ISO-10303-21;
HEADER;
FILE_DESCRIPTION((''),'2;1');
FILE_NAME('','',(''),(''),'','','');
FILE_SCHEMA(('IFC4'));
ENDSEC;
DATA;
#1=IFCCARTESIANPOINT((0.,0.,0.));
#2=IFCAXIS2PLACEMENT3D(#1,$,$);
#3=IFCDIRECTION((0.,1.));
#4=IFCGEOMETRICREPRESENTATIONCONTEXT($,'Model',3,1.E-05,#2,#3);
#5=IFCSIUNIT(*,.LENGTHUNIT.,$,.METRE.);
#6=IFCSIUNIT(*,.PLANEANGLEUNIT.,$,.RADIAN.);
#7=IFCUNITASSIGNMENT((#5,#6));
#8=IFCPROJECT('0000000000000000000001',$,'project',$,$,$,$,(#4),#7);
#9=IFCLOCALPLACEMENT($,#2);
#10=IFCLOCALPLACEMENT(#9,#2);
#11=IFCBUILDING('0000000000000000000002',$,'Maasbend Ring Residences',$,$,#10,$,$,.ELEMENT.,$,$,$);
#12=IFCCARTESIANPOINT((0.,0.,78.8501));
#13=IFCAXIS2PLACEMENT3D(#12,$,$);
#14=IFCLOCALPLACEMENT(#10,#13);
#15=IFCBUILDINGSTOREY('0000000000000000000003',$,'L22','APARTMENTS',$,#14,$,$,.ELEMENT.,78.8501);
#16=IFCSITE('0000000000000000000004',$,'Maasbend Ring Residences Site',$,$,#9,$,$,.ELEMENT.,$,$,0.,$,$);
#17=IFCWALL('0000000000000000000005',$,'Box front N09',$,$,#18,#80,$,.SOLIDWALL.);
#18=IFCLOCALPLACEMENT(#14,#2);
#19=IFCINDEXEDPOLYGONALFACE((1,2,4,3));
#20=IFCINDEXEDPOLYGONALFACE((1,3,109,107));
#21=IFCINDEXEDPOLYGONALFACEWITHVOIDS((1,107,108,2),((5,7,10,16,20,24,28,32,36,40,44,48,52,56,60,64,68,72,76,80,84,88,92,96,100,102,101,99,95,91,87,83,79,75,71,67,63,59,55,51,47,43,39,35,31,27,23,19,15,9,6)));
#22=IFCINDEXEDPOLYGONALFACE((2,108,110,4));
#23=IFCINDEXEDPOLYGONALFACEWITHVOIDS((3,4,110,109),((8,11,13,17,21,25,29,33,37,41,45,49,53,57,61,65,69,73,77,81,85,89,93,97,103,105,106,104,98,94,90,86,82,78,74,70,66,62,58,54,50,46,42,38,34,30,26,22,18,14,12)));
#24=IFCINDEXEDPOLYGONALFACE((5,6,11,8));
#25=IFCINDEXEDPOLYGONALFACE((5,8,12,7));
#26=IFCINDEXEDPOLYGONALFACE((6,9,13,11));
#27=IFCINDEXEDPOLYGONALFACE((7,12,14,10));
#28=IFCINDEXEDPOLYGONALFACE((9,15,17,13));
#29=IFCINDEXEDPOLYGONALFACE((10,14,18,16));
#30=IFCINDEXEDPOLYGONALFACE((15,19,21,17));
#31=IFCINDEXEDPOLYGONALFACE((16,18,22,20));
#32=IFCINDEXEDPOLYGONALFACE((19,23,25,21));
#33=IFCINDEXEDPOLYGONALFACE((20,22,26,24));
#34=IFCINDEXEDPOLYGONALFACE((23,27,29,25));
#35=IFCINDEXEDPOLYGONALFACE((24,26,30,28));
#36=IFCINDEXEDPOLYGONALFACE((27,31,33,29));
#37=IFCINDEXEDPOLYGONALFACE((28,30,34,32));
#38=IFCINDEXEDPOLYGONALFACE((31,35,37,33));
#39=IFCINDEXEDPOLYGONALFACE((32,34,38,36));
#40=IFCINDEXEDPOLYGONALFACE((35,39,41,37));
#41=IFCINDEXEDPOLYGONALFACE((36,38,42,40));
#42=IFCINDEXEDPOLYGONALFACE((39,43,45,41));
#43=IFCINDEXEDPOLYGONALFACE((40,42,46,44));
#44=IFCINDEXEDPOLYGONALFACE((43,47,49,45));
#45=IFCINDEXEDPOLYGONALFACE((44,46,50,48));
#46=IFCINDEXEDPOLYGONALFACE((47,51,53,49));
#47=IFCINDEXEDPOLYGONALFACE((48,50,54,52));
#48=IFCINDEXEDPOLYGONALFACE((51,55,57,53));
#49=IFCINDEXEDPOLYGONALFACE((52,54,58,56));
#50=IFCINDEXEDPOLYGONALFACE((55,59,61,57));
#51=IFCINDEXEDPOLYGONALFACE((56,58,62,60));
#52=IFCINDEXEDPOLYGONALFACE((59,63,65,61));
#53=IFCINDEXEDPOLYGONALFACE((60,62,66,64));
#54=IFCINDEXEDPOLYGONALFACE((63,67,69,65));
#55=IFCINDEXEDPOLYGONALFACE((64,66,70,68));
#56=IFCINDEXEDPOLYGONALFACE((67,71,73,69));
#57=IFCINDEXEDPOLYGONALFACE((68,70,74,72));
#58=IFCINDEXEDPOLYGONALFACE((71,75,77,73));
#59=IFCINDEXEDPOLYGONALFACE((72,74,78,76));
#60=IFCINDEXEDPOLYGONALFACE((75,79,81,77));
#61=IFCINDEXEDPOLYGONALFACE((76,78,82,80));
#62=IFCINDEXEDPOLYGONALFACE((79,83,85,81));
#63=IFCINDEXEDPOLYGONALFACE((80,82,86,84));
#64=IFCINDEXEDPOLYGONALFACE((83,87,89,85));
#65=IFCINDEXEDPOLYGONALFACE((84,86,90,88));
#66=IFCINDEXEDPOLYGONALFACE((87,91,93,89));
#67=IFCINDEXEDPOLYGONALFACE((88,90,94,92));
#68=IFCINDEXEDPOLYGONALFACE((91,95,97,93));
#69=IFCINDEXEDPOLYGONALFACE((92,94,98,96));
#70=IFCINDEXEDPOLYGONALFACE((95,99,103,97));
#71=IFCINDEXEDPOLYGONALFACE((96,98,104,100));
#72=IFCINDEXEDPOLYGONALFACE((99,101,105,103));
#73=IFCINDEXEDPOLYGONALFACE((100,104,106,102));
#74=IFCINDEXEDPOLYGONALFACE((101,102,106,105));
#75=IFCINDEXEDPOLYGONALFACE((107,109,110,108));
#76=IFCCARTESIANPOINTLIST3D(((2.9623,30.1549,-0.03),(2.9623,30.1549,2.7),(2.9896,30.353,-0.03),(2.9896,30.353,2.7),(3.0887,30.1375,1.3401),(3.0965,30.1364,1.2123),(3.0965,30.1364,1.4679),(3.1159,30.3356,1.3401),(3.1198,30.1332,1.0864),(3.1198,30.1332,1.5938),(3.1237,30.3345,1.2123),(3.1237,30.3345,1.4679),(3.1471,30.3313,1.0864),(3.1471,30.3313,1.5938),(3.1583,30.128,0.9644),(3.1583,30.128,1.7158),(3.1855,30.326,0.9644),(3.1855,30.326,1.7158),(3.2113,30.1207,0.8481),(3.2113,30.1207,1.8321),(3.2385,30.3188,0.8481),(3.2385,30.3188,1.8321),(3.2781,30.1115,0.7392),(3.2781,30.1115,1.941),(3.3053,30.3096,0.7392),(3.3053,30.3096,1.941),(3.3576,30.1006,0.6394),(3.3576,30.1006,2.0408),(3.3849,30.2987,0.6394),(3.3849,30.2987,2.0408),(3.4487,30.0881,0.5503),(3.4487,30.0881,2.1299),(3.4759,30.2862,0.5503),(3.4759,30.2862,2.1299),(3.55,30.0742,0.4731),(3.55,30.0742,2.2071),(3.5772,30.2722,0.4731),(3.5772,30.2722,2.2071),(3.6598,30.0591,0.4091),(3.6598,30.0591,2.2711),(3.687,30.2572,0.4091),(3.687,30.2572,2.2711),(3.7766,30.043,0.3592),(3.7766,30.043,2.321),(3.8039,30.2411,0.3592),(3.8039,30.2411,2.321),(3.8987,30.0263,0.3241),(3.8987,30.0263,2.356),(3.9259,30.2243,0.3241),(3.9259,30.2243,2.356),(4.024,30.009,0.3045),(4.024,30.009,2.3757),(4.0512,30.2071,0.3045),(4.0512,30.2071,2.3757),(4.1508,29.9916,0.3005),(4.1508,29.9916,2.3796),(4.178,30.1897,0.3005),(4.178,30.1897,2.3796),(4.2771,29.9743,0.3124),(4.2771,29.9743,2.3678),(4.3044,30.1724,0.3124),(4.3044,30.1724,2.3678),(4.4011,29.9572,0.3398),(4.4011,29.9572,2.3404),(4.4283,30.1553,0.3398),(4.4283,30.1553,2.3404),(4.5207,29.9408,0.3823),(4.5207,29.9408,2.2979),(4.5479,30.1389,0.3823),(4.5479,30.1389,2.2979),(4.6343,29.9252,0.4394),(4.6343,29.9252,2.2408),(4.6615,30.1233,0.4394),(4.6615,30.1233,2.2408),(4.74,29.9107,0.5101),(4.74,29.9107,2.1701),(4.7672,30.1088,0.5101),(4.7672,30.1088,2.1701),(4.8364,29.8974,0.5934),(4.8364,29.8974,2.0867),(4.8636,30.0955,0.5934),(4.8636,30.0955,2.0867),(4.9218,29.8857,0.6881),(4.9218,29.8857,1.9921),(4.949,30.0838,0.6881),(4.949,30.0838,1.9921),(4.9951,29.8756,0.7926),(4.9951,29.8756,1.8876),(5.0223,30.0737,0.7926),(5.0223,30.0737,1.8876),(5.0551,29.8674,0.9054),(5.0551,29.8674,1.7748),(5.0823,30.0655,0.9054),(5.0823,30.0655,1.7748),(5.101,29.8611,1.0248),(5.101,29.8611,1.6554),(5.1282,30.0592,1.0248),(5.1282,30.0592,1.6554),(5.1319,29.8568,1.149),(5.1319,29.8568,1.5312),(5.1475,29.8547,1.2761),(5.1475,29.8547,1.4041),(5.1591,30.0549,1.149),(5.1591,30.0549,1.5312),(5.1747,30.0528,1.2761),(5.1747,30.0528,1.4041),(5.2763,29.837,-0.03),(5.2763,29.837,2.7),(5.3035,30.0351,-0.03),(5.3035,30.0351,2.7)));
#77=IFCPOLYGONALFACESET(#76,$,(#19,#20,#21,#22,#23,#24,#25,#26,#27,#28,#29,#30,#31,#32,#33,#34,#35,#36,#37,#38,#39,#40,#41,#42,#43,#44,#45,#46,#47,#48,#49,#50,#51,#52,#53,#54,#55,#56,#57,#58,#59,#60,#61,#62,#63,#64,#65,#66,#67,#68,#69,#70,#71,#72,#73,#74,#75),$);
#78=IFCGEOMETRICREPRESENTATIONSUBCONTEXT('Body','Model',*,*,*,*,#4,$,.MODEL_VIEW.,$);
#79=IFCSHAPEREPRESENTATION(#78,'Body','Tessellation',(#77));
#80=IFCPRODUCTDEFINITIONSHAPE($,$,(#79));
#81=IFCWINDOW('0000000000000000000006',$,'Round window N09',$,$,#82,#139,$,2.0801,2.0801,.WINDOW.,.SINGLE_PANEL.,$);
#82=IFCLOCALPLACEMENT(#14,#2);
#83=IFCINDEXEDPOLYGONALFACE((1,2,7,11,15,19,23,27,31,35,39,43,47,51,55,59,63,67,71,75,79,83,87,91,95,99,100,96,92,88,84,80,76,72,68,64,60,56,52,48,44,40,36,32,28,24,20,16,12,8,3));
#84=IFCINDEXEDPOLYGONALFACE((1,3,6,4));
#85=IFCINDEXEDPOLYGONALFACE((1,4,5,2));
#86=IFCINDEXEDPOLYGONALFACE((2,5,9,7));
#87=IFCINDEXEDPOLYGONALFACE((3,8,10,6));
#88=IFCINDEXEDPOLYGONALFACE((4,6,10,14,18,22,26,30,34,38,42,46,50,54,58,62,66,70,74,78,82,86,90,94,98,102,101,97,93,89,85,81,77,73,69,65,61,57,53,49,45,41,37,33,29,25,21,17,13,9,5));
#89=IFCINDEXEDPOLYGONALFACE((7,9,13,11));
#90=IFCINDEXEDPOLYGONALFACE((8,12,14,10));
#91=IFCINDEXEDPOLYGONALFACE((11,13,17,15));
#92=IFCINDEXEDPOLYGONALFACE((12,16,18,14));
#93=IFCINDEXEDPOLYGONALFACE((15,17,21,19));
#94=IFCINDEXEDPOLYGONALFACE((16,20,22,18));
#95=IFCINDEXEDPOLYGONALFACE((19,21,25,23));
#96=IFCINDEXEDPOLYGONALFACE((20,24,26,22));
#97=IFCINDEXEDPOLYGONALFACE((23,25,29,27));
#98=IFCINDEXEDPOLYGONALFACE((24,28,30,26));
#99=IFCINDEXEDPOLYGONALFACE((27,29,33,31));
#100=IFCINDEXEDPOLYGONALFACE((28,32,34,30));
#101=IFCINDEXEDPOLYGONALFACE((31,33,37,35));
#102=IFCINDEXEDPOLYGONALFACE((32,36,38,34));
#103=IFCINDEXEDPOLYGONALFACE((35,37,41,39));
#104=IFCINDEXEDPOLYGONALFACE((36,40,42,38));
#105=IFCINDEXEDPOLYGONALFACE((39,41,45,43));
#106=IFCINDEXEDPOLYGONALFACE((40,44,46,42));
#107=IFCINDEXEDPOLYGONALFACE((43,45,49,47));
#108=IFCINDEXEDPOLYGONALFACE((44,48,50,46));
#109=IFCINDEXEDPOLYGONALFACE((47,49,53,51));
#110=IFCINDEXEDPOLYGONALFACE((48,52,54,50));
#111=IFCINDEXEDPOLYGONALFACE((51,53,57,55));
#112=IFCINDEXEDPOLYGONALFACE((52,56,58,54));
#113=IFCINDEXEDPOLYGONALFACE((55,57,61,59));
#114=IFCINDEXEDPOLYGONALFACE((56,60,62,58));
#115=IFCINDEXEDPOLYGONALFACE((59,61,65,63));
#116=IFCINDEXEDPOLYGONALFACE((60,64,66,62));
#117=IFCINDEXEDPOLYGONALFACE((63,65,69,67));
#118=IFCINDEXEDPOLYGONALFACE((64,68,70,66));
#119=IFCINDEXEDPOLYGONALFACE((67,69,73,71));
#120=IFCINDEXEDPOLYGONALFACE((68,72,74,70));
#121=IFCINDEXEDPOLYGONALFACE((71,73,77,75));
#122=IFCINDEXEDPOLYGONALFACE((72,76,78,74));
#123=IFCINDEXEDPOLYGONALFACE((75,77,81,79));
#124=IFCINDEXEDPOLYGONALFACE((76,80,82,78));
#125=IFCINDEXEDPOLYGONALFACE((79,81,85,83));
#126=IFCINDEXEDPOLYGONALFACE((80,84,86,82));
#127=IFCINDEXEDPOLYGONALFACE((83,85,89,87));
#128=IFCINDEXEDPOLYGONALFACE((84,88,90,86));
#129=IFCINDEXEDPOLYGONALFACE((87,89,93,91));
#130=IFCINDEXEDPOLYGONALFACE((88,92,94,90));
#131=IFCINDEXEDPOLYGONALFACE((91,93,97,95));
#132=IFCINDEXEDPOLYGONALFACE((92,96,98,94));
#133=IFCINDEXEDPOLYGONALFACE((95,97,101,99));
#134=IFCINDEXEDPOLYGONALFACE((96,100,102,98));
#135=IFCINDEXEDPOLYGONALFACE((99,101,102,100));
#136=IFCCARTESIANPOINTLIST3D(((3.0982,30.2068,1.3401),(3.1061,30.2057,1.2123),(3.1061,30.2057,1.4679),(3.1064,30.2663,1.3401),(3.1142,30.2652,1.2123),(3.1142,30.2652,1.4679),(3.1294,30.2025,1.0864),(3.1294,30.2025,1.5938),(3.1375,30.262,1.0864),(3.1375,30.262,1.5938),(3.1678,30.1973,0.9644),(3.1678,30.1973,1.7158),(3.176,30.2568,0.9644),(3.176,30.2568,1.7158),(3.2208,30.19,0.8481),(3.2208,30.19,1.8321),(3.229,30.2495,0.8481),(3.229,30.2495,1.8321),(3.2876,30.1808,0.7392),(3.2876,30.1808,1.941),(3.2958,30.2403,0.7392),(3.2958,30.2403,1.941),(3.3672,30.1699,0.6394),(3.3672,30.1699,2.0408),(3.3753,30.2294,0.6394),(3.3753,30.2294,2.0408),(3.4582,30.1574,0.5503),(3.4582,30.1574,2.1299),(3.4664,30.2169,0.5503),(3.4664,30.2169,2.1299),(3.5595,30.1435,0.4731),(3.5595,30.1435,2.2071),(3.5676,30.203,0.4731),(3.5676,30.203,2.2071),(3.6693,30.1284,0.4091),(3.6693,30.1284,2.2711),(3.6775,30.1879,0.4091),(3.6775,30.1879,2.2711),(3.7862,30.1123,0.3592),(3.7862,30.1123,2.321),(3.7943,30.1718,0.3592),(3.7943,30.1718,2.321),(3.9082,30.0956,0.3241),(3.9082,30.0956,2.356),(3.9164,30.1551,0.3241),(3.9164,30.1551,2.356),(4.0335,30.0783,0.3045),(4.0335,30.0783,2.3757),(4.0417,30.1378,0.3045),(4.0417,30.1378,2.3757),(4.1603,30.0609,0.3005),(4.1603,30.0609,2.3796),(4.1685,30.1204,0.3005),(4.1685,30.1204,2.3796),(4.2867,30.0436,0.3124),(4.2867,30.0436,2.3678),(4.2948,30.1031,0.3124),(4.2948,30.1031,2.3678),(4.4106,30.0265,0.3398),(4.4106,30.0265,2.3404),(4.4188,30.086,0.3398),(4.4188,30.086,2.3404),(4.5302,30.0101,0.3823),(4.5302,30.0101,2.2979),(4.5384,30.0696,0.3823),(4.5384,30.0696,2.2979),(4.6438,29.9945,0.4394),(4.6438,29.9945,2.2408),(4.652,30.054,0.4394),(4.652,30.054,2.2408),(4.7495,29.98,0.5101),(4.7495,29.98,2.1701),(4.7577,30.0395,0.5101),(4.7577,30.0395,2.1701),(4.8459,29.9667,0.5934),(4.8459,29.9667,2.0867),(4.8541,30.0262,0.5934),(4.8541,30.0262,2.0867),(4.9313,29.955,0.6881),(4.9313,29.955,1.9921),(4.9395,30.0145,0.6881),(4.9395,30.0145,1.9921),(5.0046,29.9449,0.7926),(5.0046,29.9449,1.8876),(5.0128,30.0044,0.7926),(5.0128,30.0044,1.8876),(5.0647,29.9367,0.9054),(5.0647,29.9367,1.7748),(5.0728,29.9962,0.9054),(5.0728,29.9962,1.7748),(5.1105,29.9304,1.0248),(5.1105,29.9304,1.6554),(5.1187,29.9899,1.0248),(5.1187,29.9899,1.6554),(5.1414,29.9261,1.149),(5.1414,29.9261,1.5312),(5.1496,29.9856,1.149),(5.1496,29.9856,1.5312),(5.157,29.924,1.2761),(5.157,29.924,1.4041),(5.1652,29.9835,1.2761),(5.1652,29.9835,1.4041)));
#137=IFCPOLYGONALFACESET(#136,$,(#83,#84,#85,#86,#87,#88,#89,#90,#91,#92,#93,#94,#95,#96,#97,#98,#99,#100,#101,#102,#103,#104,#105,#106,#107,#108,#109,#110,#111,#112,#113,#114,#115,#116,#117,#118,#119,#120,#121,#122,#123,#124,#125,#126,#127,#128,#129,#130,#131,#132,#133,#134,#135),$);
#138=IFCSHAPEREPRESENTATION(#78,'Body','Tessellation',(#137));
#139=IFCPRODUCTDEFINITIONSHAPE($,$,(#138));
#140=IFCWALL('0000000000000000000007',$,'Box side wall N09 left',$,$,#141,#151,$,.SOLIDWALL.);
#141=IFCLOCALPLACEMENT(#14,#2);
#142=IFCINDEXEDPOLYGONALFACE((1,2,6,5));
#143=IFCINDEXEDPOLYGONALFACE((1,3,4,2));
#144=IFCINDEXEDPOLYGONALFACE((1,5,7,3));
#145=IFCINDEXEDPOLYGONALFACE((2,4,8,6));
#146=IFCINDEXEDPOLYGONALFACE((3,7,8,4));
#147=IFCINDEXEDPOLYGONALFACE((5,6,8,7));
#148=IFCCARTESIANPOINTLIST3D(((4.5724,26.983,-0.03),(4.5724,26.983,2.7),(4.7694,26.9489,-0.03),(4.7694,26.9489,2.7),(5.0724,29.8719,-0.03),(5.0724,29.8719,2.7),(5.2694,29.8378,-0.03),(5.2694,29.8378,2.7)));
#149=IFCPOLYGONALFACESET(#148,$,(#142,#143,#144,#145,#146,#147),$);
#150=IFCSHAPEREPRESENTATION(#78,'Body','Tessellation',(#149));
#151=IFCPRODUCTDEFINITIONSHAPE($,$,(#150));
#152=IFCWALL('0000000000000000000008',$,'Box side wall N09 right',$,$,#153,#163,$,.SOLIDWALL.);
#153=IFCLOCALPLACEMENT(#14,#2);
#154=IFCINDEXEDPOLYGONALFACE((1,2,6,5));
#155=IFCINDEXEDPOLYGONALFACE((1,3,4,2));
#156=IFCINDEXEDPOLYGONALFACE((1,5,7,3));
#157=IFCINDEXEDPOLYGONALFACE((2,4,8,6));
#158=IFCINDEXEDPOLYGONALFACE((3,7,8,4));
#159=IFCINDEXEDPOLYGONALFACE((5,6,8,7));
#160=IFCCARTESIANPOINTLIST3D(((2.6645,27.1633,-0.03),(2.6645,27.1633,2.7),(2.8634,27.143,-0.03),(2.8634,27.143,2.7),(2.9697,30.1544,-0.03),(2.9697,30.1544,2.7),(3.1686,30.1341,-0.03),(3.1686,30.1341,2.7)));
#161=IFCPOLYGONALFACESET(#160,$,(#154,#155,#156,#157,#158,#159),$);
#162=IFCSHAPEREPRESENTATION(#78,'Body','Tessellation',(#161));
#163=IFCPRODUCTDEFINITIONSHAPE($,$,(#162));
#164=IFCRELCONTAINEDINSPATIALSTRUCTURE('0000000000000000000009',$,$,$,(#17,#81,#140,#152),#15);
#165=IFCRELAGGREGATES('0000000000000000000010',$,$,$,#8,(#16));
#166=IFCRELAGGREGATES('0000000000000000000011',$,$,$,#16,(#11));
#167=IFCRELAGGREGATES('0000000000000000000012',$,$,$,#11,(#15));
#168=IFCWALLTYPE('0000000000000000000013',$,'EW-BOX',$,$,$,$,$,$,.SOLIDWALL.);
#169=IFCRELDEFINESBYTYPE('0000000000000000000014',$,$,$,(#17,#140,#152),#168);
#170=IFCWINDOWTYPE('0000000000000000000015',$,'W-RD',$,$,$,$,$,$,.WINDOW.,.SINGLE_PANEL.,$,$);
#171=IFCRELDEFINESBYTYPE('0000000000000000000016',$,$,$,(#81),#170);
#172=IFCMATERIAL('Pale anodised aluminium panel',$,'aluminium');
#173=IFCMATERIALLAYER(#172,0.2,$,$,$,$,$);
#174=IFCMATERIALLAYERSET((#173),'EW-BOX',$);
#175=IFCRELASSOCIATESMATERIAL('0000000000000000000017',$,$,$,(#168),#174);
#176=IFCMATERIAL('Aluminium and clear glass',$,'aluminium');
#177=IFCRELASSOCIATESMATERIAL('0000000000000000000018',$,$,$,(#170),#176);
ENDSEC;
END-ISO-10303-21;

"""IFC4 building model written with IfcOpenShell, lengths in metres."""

from ifc_helpers import new_model, si_unit, direction, frame, frame_2d, origin, place, context, subcontext, project, spatial, rectangle, circle, extrude, material, layer, layer_set, type_object, element, fill, save


model = new_model("IFC4")

# Units and contexts
model_context = context("Model", 3, precision=1e-05, world=origin(), true_north=direction((0.0, 1.0)))
body_context = subcontext(model_context, "Body", "Model", "MODEL_VIEW")
ifc_project = project(units=[si_unit("LENGTHUNIT", "METRE"), si_unit("PLANEANGLEUNIT", "RADIAN")], contexts=[model_context])

# Site, building, storey
site_placement = place(None, origin())
site = spatial("IfcSite", under=ifc_project, at=site_placement, Name="Maasbend Ring Residences Site", CompositionType="ELEMENT", RefElevation=0.0)
building_placement = place(site_placement, origin())
building = spatial("IfcBuilding", under=site, at=building_placement, Name="Maasbend Ring Residences", CompositionType="ELEMENT")
storey_placement = place(building_placement, frame((0.0, 0.0, 78.8501)))
storey = spatial("IfcBuildingStorey", under=building, at=storey_placement, Name="L22", Description="APARTMENTS", CompositionType="ELEMENT", Elevation=78.8501)

# Shared definitions
ifc_material_1 = material(Name="Pale anodised aluminium panel", Category="aluminium")
ifc_layer_1 = layer(ifc_material_1, 0.2)
ifc_layer_set_1 = layer_set([ifc_layer_1], Name="EW-BOX")
wall_type_1 = type_object("IfcWallType", Name="EW-BOX", PredefinedType="SOLIDWALL", material=ifc_layer_set_1)

# Wall, opening, window
wall_1_placement = place(storey_placement, frame((5.29, 29.936, -0.03), z_axis=(0.0, 0.0, 1.0), x_axis=(-0.990696, 0.136093, 0.0)))
wall_1 = element("IfcWall", 1, at=wall_1_placement, inside=storey, type_object=wall_type_1, Name="Box front N09", PredefinedType="SOLIDWALL", context=body_context, shape_type="SweptSolid", body=[
    extrude(rectangle(XDim=2.3357, YDim=0.2, at=frame_2d((1.168, 0.0))), origin(), (0.0, 0.0, 1.0), 2.73),
])
opening_1_placement = place(wall_1_placement, frame((0.1282, 0.0, 0.3301)))
opening_1 = element("IfcOpeningElement", 2, at=opening_1_placement, cuts=wall_1, PredefinedType="OPENING", context=body_context, shape_type="SweptSolid", body=[
    extrude(circle(Radius=1.04, at=frame_2d((1.04, 1.04))), frame((0.0, 0.1099, 0.0), z_axis=(0.0, -1.0, 0.0), x_axis=(1.0, 0.0, 0.0)), (0.0, 0.0, 1.0), 0.22),
])
ifc_material_2 = material(Name="Aluminium and clear glass", Category="aluminium")
window_type_1 = type_object("IfcWindowType", Name="W-RD", PartitioningType="SINGLE_PANEL", PredefinedType="WINDOW", material=ifc_material_2)
window_1_placement = place(opening_1_placement, origin())
window_1 = element("IfcWindow", 3, at=window_1_placement, inside=storey, type_object=window_type_1, Name="Round window N09", OverallHeight=2.0801, OverallWidth=2.0801, PartitioningType="SINGLE_PANEL", PredefinedType="WINDOW", context=body_context, shape_type="SweptSolid", body=[
    extrude(circle(Radius=1.04, at=frame_2d((1.04, 1.04))), frame((0.0, 0.03, 0.0), z_axis=(0.0, -1.0, 0.0), x_axis=(1.0, 0.0, 0.0)), (0.0, 0.0, 1.0), 0.0601),
])
fill(opening_1, window_1)

# Walls
wall_2_placement = place(storey_placement, frame((4.6709, 26.9661, -0.03), z_axis=(0.0, 0.0, 1.0), x_axis=(0.17054, 0.985351, 0.0)))
element("IfcWall", 4, at=wall_2_placement, inside=storey, type_object=wall_type_1, Name="Box side wall N09 left", PredefinedType="SOLIDWALL", context=body_context, shape_type="SweptSolid", body=[
    extrude(rectangle(XDim=2.9319, YDim=0.2, at=frame_2d((1.4658, 0.0))), origin(), (0.0, 0.0, 1.0), 2.73),
])
wall_3_placement = place(storey_placement, frame((2.7639, 27.1531, -0.03), z_axis=(0.0, 0.0, 1.0), x_axis=(0.101505, 0.994835, 0.0)))
element("IfcWall", 5, at=wall_3_placement, inside=storey, type_object=wall_type_1, Name="Box side wall N09 right", PredefinedType="SOLIDWALL", context=body_context, shape_type="SweptSolid", body=[
    extrude(rectangle(XDim=3.0066, YDim=0.2, at=frame_2d((1.5034, 0.0))), origin(), (0.0, 0.0, 1.0), 2.73),
])

save(model, "model.ifc")
